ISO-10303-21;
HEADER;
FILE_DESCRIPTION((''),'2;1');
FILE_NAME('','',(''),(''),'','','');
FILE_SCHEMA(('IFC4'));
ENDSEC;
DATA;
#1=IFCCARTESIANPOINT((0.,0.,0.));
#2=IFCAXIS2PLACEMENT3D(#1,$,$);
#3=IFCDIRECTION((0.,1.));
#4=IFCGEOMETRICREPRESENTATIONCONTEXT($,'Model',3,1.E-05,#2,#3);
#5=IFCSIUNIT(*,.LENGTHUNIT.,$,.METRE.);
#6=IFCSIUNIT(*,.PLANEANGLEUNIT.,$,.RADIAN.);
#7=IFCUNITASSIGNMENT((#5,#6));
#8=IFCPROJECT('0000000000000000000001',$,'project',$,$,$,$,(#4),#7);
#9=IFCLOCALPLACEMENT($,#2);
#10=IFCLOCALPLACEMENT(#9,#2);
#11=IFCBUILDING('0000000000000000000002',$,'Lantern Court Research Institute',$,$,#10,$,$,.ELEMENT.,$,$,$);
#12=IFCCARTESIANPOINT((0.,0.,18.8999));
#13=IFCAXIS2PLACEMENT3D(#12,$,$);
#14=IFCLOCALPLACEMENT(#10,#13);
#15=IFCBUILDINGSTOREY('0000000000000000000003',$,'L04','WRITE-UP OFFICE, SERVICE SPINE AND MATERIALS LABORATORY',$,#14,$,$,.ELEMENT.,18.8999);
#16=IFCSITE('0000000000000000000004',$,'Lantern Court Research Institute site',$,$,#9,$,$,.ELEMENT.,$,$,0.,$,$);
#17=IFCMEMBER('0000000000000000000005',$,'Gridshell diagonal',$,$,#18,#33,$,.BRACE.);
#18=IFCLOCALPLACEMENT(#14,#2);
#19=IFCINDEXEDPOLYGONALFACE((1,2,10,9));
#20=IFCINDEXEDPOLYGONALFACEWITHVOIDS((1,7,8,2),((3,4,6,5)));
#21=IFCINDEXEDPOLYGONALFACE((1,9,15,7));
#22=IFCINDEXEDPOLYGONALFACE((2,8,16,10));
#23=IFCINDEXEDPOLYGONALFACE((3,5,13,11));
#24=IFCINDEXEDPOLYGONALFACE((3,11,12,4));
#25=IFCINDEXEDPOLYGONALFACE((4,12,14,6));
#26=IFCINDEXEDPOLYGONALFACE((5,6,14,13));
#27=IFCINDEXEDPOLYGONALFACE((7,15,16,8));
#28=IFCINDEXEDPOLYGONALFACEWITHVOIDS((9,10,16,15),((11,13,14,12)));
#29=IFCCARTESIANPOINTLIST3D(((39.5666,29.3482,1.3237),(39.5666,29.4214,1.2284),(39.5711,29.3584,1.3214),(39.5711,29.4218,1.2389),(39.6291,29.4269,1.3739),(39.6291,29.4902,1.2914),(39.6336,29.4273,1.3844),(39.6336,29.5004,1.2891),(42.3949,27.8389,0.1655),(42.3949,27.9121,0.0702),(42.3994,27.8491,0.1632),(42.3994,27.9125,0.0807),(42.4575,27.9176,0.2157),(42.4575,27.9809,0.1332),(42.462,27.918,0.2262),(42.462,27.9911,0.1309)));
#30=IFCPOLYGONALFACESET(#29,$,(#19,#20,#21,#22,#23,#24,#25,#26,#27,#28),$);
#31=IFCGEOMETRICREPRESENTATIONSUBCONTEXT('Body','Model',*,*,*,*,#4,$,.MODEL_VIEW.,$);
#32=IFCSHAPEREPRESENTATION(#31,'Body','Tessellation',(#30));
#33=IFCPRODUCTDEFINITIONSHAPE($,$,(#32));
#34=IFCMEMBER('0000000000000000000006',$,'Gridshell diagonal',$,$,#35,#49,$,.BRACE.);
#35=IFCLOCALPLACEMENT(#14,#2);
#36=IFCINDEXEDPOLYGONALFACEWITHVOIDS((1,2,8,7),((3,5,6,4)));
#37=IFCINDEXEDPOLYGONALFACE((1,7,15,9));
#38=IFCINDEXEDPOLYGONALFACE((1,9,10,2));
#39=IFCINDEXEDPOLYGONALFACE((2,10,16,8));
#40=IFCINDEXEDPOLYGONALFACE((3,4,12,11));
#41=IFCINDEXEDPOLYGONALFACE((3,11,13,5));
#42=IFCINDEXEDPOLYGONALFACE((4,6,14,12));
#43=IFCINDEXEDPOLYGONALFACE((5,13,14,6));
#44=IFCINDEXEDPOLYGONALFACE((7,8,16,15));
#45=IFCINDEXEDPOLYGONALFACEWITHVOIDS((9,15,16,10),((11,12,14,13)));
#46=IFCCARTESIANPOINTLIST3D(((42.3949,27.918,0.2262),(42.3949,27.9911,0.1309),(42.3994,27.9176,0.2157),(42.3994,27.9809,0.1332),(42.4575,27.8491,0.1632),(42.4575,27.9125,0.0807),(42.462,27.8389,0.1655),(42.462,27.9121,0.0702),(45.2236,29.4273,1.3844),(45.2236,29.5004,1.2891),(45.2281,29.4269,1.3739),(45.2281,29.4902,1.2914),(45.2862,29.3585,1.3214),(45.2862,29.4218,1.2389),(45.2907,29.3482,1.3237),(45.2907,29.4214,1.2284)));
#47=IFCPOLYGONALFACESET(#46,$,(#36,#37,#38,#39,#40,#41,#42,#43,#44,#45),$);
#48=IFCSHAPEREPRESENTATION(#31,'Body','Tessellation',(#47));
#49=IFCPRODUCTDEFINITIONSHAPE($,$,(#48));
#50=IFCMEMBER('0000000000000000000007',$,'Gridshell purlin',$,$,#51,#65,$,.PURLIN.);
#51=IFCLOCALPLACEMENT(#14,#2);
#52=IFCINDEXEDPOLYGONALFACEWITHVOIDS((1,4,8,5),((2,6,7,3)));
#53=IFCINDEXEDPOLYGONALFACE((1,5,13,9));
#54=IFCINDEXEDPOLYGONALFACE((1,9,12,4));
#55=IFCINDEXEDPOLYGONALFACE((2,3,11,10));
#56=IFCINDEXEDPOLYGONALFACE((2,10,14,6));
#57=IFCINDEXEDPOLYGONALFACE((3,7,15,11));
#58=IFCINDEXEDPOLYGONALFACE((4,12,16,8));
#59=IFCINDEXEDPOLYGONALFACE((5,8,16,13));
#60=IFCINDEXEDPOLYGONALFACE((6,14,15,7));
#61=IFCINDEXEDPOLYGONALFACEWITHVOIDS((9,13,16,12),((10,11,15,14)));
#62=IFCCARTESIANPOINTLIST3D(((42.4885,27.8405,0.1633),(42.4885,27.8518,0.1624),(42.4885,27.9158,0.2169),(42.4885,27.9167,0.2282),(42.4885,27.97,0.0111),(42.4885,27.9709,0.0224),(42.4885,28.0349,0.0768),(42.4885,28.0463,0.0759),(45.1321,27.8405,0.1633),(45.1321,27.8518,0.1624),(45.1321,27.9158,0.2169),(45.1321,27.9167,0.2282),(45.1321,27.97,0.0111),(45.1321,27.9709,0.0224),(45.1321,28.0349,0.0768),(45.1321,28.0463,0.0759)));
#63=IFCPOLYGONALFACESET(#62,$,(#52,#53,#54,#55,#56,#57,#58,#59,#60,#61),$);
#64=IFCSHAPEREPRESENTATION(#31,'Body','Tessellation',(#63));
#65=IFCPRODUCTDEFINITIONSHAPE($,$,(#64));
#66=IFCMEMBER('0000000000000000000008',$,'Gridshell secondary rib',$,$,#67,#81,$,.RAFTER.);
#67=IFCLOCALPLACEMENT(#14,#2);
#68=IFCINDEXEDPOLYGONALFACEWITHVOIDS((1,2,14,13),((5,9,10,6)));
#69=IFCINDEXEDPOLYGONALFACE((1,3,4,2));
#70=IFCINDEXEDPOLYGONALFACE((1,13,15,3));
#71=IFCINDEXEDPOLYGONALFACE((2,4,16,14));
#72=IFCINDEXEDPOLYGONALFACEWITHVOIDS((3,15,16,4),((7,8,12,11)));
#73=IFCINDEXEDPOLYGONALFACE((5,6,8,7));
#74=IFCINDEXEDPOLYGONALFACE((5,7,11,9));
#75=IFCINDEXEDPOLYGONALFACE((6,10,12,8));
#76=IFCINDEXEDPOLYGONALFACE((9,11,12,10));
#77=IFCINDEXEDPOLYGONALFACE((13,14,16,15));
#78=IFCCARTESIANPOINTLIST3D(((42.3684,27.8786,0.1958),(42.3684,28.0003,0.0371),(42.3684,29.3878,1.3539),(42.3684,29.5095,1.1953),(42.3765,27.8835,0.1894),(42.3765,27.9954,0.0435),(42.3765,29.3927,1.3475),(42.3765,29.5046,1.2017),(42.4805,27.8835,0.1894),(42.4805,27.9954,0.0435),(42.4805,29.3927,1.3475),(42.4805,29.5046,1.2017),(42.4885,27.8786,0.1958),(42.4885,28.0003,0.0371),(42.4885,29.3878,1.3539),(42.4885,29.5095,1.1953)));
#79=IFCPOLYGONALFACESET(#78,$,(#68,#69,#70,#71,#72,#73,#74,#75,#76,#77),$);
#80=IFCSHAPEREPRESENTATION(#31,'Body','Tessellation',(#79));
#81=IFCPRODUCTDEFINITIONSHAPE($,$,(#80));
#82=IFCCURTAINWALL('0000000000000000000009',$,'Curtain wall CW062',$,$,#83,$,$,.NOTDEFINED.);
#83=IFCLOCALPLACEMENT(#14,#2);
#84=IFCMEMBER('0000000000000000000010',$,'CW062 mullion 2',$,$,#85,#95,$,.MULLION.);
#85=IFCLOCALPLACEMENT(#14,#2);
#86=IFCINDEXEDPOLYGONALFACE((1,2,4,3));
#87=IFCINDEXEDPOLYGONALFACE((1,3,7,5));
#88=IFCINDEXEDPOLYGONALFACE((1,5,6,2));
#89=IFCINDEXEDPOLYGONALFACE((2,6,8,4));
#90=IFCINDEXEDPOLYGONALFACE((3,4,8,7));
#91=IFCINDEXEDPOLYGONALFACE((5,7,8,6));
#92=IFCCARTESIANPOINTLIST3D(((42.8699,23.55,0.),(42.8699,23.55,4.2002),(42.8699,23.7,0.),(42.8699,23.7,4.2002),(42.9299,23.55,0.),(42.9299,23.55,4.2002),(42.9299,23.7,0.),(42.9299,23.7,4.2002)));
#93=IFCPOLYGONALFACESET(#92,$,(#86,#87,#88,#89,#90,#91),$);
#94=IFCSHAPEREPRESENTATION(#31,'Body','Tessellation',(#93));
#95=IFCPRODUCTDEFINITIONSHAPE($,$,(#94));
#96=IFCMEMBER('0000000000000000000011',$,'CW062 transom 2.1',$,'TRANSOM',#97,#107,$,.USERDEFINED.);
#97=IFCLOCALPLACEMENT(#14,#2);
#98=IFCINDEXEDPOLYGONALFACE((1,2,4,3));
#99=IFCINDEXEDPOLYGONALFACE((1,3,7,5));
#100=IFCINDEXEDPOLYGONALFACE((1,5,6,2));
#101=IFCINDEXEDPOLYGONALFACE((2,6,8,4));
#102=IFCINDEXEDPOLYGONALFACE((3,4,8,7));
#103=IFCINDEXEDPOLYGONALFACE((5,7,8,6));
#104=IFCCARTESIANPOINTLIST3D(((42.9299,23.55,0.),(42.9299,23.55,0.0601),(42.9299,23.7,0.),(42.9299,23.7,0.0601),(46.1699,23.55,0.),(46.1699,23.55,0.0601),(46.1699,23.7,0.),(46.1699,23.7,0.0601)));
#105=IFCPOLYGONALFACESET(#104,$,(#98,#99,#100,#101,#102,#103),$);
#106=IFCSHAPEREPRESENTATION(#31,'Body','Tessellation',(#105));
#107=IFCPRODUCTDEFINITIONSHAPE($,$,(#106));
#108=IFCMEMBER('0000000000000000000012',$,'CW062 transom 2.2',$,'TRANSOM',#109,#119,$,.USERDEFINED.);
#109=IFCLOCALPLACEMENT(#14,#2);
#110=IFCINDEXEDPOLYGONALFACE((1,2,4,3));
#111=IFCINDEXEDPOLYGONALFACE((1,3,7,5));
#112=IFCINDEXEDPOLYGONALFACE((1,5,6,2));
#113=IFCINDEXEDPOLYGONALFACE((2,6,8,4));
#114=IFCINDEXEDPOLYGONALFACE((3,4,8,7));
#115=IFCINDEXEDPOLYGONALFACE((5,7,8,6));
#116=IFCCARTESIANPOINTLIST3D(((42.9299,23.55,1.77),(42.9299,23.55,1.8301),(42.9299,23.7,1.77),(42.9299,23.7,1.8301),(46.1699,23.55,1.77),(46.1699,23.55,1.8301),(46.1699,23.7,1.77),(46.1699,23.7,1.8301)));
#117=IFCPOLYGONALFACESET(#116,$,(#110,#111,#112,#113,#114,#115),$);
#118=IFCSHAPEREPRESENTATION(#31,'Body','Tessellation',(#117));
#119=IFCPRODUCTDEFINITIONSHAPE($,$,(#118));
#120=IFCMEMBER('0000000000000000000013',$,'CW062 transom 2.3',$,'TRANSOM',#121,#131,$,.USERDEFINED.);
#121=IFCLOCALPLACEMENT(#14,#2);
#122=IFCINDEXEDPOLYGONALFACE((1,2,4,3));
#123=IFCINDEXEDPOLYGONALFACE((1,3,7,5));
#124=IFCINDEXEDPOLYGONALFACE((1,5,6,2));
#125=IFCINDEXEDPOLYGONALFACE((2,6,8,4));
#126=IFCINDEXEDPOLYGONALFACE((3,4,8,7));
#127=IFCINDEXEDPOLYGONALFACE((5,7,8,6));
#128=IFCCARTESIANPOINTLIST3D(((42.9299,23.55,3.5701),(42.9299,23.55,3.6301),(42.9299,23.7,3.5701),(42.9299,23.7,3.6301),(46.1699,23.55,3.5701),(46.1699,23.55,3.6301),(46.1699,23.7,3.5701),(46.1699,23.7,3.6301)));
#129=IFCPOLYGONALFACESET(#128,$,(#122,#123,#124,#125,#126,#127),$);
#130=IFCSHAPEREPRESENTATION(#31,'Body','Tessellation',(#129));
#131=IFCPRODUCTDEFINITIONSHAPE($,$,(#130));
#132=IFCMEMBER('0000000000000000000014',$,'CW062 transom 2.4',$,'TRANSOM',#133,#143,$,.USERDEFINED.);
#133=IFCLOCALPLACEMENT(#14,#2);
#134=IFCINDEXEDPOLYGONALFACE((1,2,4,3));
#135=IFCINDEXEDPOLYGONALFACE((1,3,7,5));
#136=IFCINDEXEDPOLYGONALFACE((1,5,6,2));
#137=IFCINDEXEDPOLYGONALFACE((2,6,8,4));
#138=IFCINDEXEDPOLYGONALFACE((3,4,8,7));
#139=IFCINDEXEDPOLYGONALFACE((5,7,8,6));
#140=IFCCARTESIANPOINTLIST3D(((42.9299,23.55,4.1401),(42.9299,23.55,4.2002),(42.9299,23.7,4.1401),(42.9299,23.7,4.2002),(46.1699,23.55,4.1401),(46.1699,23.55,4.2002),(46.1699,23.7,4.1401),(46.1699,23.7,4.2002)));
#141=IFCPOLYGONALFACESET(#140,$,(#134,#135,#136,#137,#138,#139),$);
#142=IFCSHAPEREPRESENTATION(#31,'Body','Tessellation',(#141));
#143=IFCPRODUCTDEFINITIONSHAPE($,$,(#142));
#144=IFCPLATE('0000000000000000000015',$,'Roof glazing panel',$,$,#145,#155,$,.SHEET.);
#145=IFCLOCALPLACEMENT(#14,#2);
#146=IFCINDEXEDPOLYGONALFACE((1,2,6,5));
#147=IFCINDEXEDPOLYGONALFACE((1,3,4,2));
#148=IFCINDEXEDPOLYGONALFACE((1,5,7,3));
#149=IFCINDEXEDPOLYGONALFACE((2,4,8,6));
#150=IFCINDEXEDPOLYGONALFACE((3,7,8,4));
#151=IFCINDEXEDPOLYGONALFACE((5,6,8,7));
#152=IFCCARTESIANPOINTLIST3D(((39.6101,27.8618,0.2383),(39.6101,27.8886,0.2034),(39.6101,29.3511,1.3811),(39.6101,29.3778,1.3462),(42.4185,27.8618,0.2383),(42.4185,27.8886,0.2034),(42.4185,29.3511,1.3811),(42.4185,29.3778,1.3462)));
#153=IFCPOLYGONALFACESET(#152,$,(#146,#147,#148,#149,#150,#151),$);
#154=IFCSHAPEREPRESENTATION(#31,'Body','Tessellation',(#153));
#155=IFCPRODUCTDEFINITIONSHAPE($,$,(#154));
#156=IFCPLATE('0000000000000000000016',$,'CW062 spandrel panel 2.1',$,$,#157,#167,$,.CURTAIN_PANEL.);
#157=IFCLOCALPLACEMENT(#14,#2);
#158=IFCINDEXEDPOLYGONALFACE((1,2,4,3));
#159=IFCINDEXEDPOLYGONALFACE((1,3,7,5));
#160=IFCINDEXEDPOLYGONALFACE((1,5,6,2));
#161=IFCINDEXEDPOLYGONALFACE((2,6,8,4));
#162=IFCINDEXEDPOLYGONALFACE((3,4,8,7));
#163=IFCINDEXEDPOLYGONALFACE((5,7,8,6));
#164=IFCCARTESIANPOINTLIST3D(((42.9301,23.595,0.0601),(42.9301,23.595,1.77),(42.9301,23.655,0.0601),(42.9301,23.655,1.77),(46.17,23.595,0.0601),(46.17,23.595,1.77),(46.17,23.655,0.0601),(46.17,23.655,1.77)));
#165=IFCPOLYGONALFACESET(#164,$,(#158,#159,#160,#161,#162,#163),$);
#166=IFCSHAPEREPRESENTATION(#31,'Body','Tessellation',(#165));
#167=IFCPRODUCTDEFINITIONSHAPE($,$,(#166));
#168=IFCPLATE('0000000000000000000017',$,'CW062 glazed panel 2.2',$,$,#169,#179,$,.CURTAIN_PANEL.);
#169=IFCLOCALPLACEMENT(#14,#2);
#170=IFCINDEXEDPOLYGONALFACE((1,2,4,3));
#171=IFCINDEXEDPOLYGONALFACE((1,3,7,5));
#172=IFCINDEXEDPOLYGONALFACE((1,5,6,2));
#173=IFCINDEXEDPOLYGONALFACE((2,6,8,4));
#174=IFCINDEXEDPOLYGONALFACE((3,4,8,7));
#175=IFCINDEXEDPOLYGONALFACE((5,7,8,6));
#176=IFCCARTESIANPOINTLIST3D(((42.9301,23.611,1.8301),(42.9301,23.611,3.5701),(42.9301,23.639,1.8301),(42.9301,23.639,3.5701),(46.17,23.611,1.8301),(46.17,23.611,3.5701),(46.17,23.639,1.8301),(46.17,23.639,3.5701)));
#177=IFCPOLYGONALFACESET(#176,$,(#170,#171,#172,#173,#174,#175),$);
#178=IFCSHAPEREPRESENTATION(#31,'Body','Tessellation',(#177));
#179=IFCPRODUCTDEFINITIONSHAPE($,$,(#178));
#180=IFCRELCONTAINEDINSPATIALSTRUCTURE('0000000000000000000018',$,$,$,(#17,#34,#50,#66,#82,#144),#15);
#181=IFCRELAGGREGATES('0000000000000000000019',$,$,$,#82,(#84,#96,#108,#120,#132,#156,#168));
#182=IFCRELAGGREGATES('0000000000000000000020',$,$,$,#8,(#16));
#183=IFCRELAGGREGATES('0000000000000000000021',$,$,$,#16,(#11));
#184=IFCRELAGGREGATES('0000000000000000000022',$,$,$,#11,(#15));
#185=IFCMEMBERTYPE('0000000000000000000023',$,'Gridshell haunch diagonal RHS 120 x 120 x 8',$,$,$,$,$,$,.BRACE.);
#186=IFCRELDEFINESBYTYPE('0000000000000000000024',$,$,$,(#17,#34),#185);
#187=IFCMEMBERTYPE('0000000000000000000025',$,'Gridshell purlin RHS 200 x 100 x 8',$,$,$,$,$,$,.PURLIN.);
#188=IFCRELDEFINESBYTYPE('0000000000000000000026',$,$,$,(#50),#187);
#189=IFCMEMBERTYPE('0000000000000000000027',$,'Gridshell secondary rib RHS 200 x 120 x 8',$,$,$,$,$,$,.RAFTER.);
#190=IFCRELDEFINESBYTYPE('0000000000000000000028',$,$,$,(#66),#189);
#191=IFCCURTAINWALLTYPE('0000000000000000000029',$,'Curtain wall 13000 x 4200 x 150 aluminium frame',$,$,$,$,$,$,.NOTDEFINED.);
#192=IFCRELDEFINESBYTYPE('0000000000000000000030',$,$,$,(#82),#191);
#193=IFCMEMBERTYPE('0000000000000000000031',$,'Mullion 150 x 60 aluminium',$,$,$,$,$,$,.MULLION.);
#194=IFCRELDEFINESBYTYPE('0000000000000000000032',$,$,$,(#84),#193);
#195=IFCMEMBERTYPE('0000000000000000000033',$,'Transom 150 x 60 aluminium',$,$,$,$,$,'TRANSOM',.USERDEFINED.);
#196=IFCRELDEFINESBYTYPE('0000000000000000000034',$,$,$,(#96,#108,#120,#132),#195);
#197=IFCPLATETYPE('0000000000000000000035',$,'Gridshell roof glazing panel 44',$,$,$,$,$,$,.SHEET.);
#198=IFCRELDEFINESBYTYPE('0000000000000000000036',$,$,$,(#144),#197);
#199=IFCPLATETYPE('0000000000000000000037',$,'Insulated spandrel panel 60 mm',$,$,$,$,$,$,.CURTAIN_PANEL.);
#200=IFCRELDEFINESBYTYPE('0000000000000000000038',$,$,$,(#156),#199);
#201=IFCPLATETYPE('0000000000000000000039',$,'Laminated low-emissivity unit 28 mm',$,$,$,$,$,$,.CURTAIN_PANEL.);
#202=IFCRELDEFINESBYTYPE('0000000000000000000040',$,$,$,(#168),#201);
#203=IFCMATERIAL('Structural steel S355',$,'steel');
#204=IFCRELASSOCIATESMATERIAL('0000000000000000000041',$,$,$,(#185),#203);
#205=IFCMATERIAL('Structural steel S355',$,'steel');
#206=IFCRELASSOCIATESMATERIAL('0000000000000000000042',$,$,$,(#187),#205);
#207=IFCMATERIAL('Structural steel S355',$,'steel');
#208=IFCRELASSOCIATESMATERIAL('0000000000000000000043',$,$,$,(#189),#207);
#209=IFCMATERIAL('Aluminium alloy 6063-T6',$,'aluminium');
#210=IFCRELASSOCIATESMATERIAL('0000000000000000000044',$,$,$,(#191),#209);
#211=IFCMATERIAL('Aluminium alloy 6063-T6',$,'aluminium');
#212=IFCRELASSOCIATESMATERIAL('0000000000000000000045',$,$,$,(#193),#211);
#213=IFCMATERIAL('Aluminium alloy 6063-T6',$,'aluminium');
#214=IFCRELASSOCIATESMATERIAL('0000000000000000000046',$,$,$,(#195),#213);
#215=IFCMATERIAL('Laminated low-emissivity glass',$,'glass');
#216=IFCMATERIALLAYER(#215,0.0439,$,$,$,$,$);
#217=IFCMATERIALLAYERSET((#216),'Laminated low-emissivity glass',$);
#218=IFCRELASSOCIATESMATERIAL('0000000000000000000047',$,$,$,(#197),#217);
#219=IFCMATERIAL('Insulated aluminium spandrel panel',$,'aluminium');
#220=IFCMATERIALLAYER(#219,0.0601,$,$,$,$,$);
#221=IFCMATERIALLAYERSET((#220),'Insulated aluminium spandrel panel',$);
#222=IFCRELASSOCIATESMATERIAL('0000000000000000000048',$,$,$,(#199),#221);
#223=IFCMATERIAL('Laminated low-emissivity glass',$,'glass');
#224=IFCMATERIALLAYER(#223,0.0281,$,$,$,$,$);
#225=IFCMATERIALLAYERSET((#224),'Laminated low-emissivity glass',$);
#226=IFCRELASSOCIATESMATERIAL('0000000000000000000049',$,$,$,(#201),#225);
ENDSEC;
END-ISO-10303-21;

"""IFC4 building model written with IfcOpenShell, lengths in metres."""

from ifc_helpers import new_model, si_unit, direction, frame, origin, origin_2d, place, context, subcontext, project, spatial, polyline, rectangle, hollow_rectangle, outline, extrude, material, layer, layer_set, material_profile, profile_set, type_object, element, aggregate, save


model = new_model("IFC4")

# Units and contexts
model_context = context("Model", 3, precision=1e-05, world=origin(), true_north=direction((0.0, 1.0)))
body_context = subcontext(model_context, "Body", "Model", "MODEL_VIEW")
ifc_project = project(units=[si_unit("LENGTHUNIT", "METRE"), si_unit("PLANEANGLEUNIT", "RADIAN")], contexts=[model_context])

# Site, building, storey
site_placement = place(None, origin())
site = spatial("IfcSite", under=ifc_project, at=site_placement, Name="Lantern Court Research Institute site", CompositionType="ELEMENT", RefElevation=0.0)
building_placement = place(site_placement, origin())
building = spatial("IfcBuilding", under=site, at=building_placement, Name="Lantern Court Research Institute", CompositionType="ELEMENT")
storey_placement = place(building_placement, frame((0.0, 0.0, 18.8999)))
storey = spatial("IfcBuildingStorey", under=building, at=storey_placement, Name="L04", Description="WRITE-UP OFFICE, SERVICE SPINE AND MATERIALS LABORATORY", CompositionType="ELEMENT", Elevation=18.8999)

# Members
ifc_material_1 = material(Name="Structural steel S355", Category="steel")
ifc_material_profile_1 = material_profile(ifc_material_1, hollow_rectangle(XDim=0.1201, YDim=0.1201, WallThickness=0.0081, at=origin_2d()), Name="Gridshell haunch diagonal RHS 120 x 120 x 8")
ifc_profile_set_1 = profile_set([ifc_material_profile_1], Name="Structural steel S355")
member_type_1 = type_object("IfcMemberType", Name="Gridshell haunch diagonal RHS 120 x 120 x 8", PredefinedType="BRACE", material=ifc_profile_set_1)
member_1_placement = place(storey_placement, frame((42.4285, 27.915, 0.1482), z_axis=(-0.829758, 0.442776, 0.339782), x_axis=(-0.558124, -0.658254, -0.505172)))
element("IfcMember", 1, at=member_1_placement, inside=storey, type_object=member_type_1, Name="Gridshell diagonal", PredefinedType="BRACE", context=body_context, shape_type="SweptSolid", body=[
    extrude(hollow_rectangle(XDim=0.1201, YDim=0.1201, WallThickness=0.0081, at=origin_2d()), origin(), (0.0, 0.0, 1.0), 3.4087),
])
member_2_placement = place(storey_placement, frame((42.4285, 27.915, 0.1482), z_axis=(0.82978, 0.44275, 0.339761), x_axis=(-0.558091, 0.65828, 0.505176)))
element("IfcMember", 2, at=member_2_placement, inside=storey, type_object=member_type_1, Name="Gridshell diagonal", PredefinedType="BRACE", context=body_context, shape_type="SweptSolid", body=[
    extrude(hollow_rectangle(XDim=0.1201, YDim=0.1201, WallThickness=0.0081, at=origin_2d()), origin(), (0.0, 0.0, 1.0), 3.4089),
])
ifc_material_2 = material(Name="Structural steel S355", Category="steel")
ifc_material_profile_2 = material_profile(ifc_material_2, hollow_rectangle(XDim=0.1001, YDim=0.2, WallThickness=0.0081, at=origin_2d()), Name="Gridshell purlin RHS 200 x 100 x 8")
ifc_profile_set_2 = profile_set([ifc_material_profile_2], Name="Structural steel S355")
member_type_2 = type_object("IfcMemberType", Name="Gridshell purlin RHS 200 x 100 x 8", PredefinedType="PURLIN", material=ifc_profile_set_2)
member_3_placement = place(storey_placement, frame((42.4885, 27.9434, 0.1196), z_axis=(1.0, 0.0, 0.0), x_axis=(0.0, 0.761673, 0.647962)))
element("IfcMember", 3, at=member_3_placement, inside=storey, type_object=member_type_2, Name="Gridshell purlin", PredefinedType="PURLIN", context=body_context, shape_type="SweptSolid", body=[
    extrude(hollow_rectangle(XDim=0.1001, YDim=0.2, WallThickness=0.0081, at=origin_2d()), origin(), (0.0, 0.0, 1.0), 2.6436),
])
ifc_material_3 = material(Name="Structural steel S355", Category="steel")
ifc_material_profile_3 = material_profile(ifc_material_3, hollow_rectangle(XDim=0.1201, YDim=0.2, WallThickness=0.0081, at=origin_2d()), Name="Gridshell secondary rib RHS 200 x 120 x 8")
ifc_profile_set_3 = profile_set([ifc_material_profile_3], Name="Structural steel S355")
member_type_3 = type_object("IfcMemberType", Name="Gridshell secondary rib RHS 200 x 120 x 8", PredefinedType="RAFTER", material=ifc_profile_set_3)
member_4_placement = place(storey_placement, frame((42.4285, 27.9395, 0.1165), z_axis=(0.0, 0.79333, 0.608792), x_axis=(-1.0, 0.0, 0.0)))
element("IfcMember", 4, at=member_4_placement, inside=storey, type_object=member_type_3, Name="Gridshell secondary rib", PredefinedType="RAFTER", context=body_context, shape_type="SweptSolid", body=[
    extrude(hollow_rectangle(XDim=0.1201, YDim=0.2, WallThickness=0.0081, at=origin_2d()), origin(), (0.0, 0.0, 1.0), 1.9023),
])

# Curtain wall, members
ifc_material_4 = material(Name="Aluminium alloy 6063-T6", Category="aluminium")
curtain_wall_type = type_object("IfcCurtainWallType", Name="Curtain wall 13000 x 4200 x 150 aluminium frame", PredefinedType="NOTDEFINED", material=ifc_material_4)
curtain_wall_placement = place(storey_placement, origin())
curtain_wall = element("IfcCurtainWall", 5, at=curtain_wall_placement, inside=storey, type_object=curtain_wall_type, Name="Curtain wall CW062", PredefinedType="NOTDEFINED")
ifc_material_5 = material(Name="Aluminium alloy 6063-T6", Category="aluminium")
ifc_material_profile_4 = material_profile(ifc_material_5, rectangle(XDim=0.1499, YDim=0.0601, at=origin_2d()), Name="Mullion 150 x 60")
ifc_profile_set_4 = profile_set([ifc_material_profile_4], Name="Aluminium alloy 6063-T6")
member_type_4 = type_object("IfcMemberType", Name="Mullion 150 x 60 aluminium", PredefinedType="MULLION", material=ifc_profile_set_4)
member_5_placement = place(storey_placement, frame((42.8999, 23.625, 0.0), z_axis=(0.0, 0.0, 1.0), x_axis=(0.0, 1.0, 0.0)))
member_5 = element("IfcMember", 6, at=member_5_placement, type_object=member_type_4, Name="CW062 mullion 2", PredefinedType="MULLION", context=body_context, shape_type="SweptSolid", body=[
    extrude(rectangle(XDim=0.1499, YDim=0.0601, at=origin_2d()), origin(), (0.0, 0.0, 1.0), 4.2002),
])
ifc_material_6 = material(Name="Aluminium alloy 6063-T6", Category="aluminium")
ifc_material_profile_5 = material_profile(ifc_material_6, rectangle(XDim=0.1499, YDim=0.0601, at=origin_2d()), Name="Transom 150 x 60")
ifc_profile_set_5 = profile_set([ifc_material_profile_5], Name="Aluminium alloy 6063-T6")
member_type_5 = type_object("IfcMemberType", Name="Transom 150 x 60 aluminium", ElementType="TRANSOM", PredefinedType="USERDEFINED", material=ifc_profile_set_5)
member_6_placement = place(storey_placement, frame((42.9299, 23.625, 0.03), z_axis=(1.0, 0.0, 0.0), x_axis=(0.0, 1.0, 0.0)))
member_6 = element("IfcMember", 7, at=member_6_placement, type_object=member_type_5, Name="CW062 transom 2.1", ObjectType="TRANSOM", PredefinedType="USERDEFINED", context=body_context, shape_type="SweptSolid", body=[
    extrude(rectangle(XDim=0.1499, YDim=0.0601, at=origin_2d()), origin(), (0.0, 0.0, 1.0), 3.24),
])
member_7_placement = place(storey_placement, frame((42.9299, 23.625, 1.8), z_axis=(1.0, 0.0, 0.0), x_axis=(0.0, 1.0, 0.0)))
member_7 = element("IfcMember", 8, at=member_7_placement, type_object=member_type_5, Name="CW062 transom 2.2", ObjectType="TRANSOM", PredefinedType="USERDEFINED", context=body_context, shape_type="SweptSolid", body=[
    extrude(rectangle(XDim=0.1499, YDim=0.0601, at=origin_2d()), origin(), (0.0, 0.0, 1.0), 3.24),
])
member_8_placement = place(storey_placement, frame((42.9299, 23.625, 3.6001), z_axis=(1.0, 0.0, 0.0), x_axis=(0.0, 1.0, 0.0)))
member_8 = element("IfcMember", 9, at=member_8_placement, type_object=member_type_5, Name="CW062 transom 2.3", ObjectType="TRANSOM", PredefinedType="USERDEFINED", context=body_context, shape_type="SweptSolid", body=[
    extrude(rectangle(XDim=0.1499, YDim=0.0601, at=origin_2d()), origin(), (0.0, 0.0, 1.0), 3.24),
])
member_9_placement = place(storey_placement, frame((42.9299, 23.625, 4.1702), z_axis=(1.0, 0.0, 0.0), x_axis=(0.0, 1.0, 0.0)))
member_9 = element("IfcMember", 10, at=member_9_placement, type_object=member_type_5, Name="CW062 transom 2.4", ObjectType="TRANSOM", PredefinedType="USERDEFINED", context=body_context, shape_type="SweptSolid", body=[
    extrude(rectangle(XDim=0.1499, YDim=0.0601, at=origin_2d()), origin(), (0.0, 0.0, 1.0), 3.24),
])

# Plates
ifc_material_7 = material(Name="Laminated low-emissivity glass", Category="glass")
ifc_layer_1 = layer(ifc_material_7, 0.0439)
ifc_layer_set_1 = layer_set([ifc_layer_1], Name="Laminated low-emissivity glass")
plate_type_1 = type_object("IfcPlateType", Name="Gridshell roof glazing panel 44", PredefinedType="SHEET", material=ifc_layer_set_1)
plate_1_placement = place(storey_placement, frame((42.4185, 27.8618, 0.2383), z_axis=(0.0, -0.608786, 0.793334), x_axis=(-1.0, 0.0, 0.0)))
element("IfcPlate", 11, at=plate_1_placement, inside=storey, type_object=plate_type_1, Name="Roof glazing panel", PredefinedType="SHEET", context=body_context, shape_type="SweptSolid", body=[
    extrude(outline(polyline([(0.0, 0.0), (2.8083, 0.0), (2.8083, -1.8772), (0.0, -1.8772), (0.0, 0.0)])), origin(), (0.0, 0.0, -1.0), 0.0439),
])
ifc_material_8 = material(Name="Insulated aluminium spandrel panel", Category="aluminium")
ifc_layer_2 = layer(ifc_material_8, 0.0601)
ifc_layer_set_2 = layer_set([ifc_layer_2], Name="Insulated aluminium spandrel panel")
plate_type_2 = type_object("IfcPlateType", Name="Insulated spandrel panel 60 mm", PredefinedType="CURTAIN_PANEL", material=ifc_layer_set_2)
plate_2_placement = place(storey_placement, frame((44.55, 23.625, 0.0601), z_axis=(0.0, 0.0, 1.0), x_axis=(1.0, 0.0, 0.0)))
plate_2 = element("IfcPlate", 12, at=plate_2_placement, type_object=plate_type_2, Name="CW062 spandrel panel 2.1", PredefinedType="CURTAIN_PANEL", context=body_context, shape_type="SweptSolid", body=[
    extrude(rectangle(XDim=3.24, YDim=0.0601, at=origin_2d()), origin(), (0.0, 0.0, 1.0), 1.71),
])
ifc_material_9 = material(Name="Laminated low-emissivity glass", Category="glass")
ifc_layer_3 = layer(ifc_material_9, 0.0281)
ifc_layer_set_3 = layer_set([ifc_layer_3], Name="Laminated low-emissivity glass")
plate_type_3 = type_object("IfcPlateType", Name="Laminated low-emissivity unit 28 mm", PredefinedType="CURTAIN_PANEL", material=ifc_layer_set_3)
plate_3_placement = place(storey_placement, frame((44.55, 23.625, 1.8301), z_axis=(0.0, 0.0, 1.0), x_axis=(1.0, 0.0, 0.0)))
plate_3 = element("IfcPlate", 13, at=plate_3_placement, type_object=plate_type_3, Name="CW062 glazed panel 2.2", PredefinedType="CURTAIN_PANEL", context=body_context, shape_type="SweptSolid", body=[
    extrude(rectangle(XDim=3.24, YDim=0.0281, at=origin_2d()), origin(), (0.0, 0.0, 1.0), 1.74),
])
aggregate(curtain_wall, [member_5, member_6, member_7, member_8, member_9, plate_2, plate_3])

save(model, "model.ifc")
